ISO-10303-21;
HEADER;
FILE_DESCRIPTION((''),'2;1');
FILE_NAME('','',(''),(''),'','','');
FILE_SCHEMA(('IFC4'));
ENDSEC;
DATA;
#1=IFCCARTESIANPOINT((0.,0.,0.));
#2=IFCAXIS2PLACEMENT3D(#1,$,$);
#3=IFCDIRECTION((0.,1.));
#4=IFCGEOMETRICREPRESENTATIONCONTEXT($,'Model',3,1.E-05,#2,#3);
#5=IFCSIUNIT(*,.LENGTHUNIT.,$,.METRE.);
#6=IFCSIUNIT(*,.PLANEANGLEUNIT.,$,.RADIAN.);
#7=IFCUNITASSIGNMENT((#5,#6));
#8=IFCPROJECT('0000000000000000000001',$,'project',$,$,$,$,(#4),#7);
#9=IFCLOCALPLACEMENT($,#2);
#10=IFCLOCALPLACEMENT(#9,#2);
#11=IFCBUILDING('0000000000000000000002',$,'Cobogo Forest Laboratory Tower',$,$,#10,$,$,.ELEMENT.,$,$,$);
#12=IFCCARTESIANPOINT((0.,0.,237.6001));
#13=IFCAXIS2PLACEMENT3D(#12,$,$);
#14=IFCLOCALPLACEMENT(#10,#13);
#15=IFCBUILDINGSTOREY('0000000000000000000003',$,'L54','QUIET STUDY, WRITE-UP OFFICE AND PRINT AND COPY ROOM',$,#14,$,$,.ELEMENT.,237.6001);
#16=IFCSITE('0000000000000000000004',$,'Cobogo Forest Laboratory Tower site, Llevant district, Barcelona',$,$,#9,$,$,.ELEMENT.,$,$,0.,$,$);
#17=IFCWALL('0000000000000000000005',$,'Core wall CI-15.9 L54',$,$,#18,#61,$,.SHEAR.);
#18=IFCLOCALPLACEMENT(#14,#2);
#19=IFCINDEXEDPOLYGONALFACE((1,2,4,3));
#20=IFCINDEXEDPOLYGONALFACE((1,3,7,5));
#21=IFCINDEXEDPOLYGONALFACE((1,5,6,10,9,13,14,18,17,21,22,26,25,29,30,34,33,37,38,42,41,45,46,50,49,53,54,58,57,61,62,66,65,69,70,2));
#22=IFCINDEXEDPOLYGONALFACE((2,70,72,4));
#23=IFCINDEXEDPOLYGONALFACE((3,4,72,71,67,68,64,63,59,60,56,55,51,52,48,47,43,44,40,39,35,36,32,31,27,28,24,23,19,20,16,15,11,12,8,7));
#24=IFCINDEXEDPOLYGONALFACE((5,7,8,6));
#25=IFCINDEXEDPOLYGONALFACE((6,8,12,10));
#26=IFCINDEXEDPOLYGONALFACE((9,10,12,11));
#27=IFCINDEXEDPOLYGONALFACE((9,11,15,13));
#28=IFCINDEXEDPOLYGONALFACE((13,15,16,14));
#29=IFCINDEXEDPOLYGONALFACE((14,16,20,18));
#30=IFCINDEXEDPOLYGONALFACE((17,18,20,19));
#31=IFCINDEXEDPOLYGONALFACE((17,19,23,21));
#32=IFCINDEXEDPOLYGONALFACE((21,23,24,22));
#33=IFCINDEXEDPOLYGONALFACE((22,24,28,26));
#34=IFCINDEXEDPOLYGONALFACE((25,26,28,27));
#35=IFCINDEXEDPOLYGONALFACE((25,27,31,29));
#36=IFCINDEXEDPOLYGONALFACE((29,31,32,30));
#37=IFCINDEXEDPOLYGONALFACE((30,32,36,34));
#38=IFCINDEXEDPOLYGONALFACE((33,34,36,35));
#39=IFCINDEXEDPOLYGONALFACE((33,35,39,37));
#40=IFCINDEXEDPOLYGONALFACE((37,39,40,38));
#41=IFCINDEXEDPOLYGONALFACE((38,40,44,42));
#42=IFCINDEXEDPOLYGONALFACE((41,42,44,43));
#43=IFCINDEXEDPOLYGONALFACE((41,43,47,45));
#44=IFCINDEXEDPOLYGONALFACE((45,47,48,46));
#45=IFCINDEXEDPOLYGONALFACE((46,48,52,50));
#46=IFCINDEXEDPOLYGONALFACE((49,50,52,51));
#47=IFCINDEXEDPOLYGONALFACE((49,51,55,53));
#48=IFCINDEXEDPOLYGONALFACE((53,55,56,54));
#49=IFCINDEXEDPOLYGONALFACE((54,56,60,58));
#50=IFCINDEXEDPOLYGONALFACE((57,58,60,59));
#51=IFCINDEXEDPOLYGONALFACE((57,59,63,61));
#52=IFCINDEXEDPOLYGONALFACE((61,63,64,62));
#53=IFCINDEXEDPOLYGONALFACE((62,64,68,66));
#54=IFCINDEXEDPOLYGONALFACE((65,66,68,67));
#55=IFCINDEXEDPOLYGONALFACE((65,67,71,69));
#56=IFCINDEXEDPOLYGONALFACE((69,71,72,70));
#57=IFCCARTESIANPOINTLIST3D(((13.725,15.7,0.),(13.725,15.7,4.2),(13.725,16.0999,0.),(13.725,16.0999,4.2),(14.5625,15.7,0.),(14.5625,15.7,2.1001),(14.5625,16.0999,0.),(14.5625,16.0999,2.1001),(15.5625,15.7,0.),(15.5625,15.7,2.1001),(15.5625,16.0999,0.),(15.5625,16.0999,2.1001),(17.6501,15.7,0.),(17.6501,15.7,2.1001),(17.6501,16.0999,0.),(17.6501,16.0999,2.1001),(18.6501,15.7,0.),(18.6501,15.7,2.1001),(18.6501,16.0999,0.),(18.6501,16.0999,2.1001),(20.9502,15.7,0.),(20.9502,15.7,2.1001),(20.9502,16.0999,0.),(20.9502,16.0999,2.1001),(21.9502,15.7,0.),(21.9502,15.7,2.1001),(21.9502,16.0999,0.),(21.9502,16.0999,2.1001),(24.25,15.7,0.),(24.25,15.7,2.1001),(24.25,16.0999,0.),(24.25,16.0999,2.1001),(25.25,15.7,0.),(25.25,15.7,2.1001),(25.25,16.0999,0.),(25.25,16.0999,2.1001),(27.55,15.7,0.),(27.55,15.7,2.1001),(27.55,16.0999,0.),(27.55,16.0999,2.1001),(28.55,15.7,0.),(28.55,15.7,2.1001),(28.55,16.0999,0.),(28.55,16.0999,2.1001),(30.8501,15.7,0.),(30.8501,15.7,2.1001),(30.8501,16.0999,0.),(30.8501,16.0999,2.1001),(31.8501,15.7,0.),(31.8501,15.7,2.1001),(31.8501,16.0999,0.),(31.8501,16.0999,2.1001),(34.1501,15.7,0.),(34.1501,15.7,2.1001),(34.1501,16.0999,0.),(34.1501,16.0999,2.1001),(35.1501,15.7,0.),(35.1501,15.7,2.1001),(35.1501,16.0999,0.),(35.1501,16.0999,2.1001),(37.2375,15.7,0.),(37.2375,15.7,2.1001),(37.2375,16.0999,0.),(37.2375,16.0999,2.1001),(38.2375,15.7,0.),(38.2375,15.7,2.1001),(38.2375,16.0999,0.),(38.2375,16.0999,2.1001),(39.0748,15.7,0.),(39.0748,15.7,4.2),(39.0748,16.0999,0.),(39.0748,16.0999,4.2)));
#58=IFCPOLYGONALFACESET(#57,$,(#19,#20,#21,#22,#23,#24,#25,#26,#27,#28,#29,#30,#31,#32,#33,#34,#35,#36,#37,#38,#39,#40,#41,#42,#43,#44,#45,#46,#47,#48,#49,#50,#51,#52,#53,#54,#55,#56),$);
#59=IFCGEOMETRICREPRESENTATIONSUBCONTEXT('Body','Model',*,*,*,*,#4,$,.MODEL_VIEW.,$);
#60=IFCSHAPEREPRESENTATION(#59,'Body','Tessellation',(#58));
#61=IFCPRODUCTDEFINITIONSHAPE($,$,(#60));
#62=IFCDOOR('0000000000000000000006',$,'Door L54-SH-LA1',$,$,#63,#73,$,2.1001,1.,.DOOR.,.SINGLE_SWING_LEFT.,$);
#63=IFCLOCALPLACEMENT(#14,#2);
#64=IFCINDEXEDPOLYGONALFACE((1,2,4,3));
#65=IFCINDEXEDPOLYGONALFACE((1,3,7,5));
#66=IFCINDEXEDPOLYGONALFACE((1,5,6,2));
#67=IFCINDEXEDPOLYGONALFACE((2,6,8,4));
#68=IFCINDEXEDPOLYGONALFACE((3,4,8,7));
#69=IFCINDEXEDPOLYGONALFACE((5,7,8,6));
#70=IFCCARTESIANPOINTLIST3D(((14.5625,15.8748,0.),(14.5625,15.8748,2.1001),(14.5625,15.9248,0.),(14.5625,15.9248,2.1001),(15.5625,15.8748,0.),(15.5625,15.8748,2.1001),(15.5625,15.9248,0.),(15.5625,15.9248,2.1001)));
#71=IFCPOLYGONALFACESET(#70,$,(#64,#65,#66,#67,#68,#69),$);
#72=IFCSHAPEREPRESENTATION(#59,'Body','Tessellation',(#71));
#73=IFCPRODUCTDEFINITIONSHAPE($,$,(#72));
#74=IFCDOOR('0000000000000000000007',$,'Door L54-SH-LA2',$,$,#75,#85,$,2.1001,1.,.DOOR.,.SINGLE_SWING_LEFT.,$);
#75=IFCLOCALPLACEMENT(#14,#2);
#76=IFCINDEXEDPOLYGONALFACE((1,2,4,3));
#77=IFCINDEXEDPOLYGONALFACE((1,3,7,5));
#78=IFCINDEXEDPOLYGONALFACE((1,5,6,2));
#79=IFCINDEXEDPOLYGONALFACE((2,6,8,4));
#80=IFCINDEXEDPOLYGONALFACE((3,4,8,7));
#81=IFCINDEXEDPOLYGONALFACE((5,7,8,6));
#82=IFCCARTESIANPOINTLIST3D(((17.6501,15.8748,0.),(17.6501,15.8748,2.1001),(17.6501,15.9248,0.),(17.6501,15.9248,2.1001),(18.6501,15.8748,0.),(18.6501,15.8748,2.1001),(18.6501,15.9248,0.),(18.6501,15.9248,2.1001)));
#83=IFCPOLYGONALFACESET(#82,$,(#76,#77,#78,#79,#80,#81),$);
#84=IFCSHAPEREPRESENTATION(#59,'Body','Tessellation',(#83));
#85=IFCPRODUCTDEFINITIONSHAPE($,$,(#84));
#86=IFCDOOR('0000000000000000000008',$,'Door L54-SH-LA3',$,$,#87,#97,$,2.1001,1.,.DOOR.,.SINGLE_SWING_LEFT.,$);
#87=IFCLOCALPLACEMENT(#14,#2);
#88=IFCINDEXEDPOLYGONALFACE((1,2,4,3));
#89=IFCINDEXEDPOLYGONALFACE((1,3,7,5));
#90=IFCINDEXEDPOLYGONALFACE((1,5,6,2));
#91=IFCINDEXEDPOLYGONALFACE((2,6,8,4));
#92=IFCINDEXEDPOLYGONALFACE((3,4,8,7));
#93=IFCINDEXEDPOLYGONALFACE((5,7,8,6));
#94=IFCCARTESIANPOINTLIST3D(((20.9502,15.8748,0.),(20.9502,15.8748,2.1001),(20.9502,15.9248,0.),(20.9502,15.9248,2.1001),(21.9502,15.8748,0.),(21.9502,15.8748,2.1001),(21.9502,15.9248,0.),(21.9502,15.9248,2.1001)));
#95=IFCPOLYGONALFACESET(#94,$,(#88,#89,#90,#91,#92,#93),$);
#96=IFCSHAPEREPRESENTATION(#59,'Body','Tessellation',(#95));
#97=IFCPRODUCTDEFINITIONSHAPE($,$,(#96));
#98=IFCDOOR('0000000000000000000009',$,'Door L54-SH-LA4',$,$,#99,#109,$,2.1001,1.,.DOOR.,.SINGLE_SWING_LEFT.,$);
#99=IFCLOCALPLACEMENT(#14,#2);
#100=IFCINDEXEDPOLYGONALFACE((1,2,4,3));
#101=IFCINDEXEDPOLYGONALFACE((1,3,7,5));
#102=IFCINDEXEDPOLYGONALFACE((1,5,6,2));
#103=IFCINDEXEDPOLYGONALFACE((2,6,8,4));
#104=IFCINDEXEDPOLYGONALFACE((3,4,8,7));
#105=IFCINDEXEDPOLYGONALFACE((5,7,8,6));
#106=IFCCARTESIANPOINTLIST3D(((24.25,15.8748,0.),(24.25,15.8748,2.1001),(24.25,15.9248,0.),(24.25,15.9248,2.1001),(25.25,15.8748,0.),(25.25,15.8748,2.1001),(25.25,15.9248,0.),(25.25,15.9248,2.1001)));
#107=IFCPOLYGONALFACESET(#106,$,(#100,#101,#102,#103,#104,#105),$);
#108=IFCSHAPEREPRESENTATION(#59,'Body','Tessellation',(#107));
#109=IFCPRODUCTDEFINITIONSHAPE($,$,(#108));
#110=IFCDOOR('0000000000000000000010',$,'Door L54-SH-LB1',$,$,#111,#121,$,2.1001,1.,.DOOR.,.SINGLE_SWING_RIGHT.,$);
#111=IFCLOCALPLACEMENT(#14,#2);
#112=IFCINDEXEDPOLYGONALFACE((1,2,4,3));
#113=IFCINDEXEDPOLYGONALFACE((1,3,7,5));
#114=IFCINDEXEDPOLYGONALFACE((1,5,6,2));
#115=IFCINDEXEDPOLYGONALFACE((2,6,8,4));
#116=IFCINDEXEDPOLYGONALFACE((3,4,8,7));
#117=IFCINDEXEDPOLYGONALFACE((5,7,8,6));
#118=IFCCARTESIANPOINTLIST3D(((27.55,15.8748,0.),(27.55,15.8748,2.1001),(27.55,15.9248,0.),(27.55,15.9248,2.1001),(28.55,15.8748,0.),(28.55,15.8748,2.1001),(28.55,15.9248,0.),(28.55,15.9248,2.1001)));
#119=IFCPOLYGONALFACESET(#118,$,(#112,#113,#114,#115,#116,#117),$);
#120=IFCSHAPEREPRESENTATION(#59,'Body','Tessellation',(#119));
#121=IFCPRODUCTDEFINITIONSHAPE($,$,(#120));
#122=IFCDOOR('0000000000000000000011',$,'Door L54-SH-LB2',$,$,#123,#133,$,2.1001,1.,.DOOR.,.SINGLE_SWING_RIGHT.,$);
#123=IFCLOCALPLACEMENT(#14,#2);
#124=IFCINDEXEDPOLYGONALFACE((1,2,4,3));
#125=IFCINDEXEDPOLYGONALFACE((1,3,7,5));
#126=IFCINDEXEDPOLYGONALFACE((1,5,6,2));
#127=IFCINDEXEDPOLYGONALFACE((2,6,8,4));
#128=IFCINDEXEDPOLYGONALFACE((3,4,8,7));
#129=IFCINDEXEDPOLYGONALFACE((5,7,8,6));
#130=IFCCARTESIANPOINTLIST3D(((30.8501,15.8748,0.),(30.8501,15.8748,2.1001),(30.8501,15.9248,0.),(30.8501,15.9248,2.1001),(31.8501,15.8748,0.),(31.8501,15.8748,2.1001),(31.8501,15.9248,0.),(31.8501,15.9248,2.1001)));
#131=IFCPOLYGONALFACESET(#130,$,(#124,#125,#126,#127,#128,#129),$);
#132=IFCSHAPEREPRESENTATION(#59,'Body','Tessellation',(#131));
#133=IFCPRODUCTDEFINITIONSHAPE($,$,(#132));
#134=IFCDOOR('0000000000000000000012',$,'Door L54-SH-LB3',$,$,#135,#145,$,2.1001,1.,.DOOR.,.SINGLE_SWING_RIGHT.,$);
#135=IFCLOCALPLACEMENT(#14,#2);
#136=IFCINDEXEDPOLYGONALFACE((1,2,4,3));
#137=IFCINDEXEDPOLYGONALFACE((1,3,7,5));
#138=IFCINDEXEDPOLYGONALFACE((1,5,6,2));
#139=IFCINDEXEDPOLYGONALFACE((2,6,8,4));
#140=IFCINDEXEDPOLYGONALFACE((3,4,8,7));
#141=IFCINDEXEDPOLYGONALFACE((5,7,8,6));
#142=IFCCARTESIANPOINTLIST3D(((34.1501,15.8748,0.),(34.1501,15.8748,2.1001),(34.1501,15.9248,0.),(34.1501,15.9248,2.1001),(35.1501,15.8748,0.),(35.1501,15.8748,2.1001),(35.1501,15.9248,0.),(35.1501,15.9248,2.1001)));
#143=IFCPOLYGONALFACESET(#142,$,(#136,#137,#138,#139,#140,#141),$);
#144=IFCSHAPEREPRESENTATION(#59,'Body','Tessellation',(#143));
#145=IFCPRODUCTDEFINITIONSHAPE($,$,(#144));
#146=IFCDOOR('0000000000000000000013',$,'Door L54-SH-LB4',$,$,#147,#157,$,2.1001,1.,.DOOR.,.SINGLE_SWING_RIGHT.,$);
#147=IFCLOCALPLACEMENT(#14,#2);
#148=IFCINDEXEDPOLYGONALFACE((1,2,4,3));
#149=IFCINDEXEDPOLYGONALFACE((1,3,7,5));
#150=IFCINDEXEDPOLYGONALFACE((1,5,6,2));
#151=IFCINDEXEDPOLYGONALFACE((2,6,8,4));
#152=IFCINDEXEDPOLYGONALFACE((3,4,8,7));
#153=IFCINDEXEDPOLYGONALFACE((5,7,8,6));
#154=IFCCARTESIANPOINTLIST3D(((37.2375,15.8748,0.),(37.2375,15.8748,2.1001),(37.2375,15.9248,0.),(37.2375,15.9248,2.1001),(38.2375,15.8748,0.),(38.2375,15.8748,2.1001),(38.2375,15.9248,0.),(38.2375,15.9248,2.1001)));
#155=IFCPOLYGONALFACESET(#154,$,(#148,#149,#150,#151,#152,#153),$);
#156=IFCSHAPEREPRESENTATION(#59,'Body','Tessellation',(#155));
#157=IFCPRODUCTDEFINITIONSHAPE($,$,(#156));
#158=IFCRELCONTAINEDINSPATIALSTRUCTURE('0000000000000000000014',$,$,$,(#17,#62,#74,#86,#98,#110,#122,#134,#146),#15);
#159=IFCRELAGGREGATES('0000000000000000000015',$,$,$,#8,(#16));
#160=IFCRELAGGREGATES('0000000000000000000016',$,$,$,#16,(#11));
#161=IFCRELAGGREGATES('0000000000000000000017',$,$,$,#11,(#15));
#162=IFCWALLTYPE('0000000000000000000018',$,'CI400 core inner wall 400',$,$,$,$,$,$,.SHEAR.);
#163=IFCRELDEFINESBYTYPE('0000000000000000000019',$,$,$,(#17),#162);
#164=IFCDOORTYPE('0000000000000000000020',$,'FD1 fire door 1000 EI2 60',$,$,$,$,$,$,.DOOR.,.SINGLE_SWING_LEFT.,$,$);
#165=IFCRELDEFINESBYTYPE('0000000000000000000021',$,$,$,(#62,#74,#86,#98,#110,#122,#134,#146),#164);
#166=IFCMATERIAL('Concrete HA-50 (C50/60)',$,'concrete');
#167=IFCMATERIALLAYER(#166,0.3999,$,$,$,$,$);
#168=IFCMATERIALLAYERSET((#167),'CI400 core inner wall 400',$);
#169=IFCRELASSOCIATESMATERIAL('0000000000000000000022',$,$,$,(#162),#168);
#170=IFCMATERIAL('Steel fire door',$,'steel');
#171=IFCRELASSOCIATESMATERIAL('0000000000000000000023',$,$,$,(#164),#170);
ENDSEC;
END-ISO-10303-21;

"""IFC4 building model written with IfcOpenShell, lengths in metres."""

from ifc_helpers import new_model, si_unit, direction, frame, frame_2d, origin, place, context, subcontext, project, spatial, rectangle, extrude, material, layer, layer_set, type_object, element, fill, save


model = new_model("IFC4")

# Units and contexts
model_context = context("Model", 3, precision=1e-05, world=origin(), true_north=direction((0.0, 1.0)))
body_context = subcontext(model_context, "Body", "Model", "MODEL_VIEW")
ifc_project = project(units=[si_unit("LENGTHUNIT", "METRE"), si_unit("PLANEANGLEUNIT", "RADIAN")], contexts=[model_context])

# Site, building, storey
site_placement = place(None, origin())
site = spatial("IfcSite", under=ifc_project, at=site_placement, Name="Cobogo Forest Laboratory Tower site, Llevant district, Barcelona", CompositionType="ELEMENT", RefElevation=0.0)
building_placement = place(site_placement, origin())
building = spatial("IfcBuilding", under=site, at=building_placement, Name="Cobogo Forest Laboratory Tower", CompositionType="ELEMENT")
storey_placement = place(building_placement, frame((0.0, 0.0, 237.6001)))
storey = spatial("IfcBuildingStorey", under=building, at=storey_placement, Name="L54", Description="QUIET STUDY, WRITE-UP OFFICE AND PRINT AND COPY ROOM", CompositionType="ELEMENT", Elevation=237.6001)

# Shared definitions
ifc_material_1 = material(Name="Concrete HA-50 (C50/60)", Category="concrete")

# Wall, openings, doors
ifc_layer_1 = layer(ifc_material_1, 0.3999)
ifc_layer_set_1 = layer_set([ifc_layer_1], Name="CI400 core inner wall 400")
wall_type_1 = type_object("IfcWallType", Name="CI400 core inner wall 400", PredefinedType="SHEAR", material=ifc_layer_set_1)
wall_1_placement = place(storey_placement, frame((13.7251, 15.8999, 0.0), z_axis=(0.0, 0.0, 1.0), x_axis=(1.0, 0.0, 0.0)))
wall_1 = element("IfcWall", 1, at=wall_1_placement, inside=storey, type_object=wall_type_1, Name="Core wall CI-15.9 L54", PredefinedType="SHEAR", context=body_context, shape_type="SweptSolid", body=[
    extrude(rectangle(XDim=25.3499, YDim=0.3999, at=frame_2d((12.6748, 0.0))), origin(), (0.0, 0.0, 1.0), 4.2),
])
opening_1_placement = place(wall_1_placement, frame((0.8374, 0.0, 0.0)))
opening_1 = element("IfcOpeningElement", 2, at=opening_1_placement, cuts=wall_1, PredefinedType="OPENING", context=body_context, shape_type="SweptSolid", body=[
    extrude(rectangle(XDim=1.0, YDim=2.1001, at=frame_2d((0.5, 1.05))), frame((0.0, 0.21, 0.0), z_axis=(0.0, -1.0, 0.0), x_axis=(1.0, 0.0, 0.0)), (0.0, 0.0, 1.0), 0.4199),
])
opening_2_placement = place(wall_1_placement, frame((3.925, 0.0, 0.0)))
opening_2 = element("IfcOpeningElement", 3, at=opening_2_placement, cuts=wall_1, PredefinedType="OPENING", context=body_context, shape_type="SweptSolid", body=[
    extrude(rectangle(XDim=1.0, YDim=2.1001, at=frame_2d((0.5, 1.05))), frame((0.0, 0.21, 0.0), z_axis=(0.0, -1.0, 0.0), x_axis=(1.0, 0.0, 0.0)), (0.0, 0.0, 1.0), 0.4199),
])
opening_3_placement = place(wall_1_placement, frame((7.2251, 0.0, 0.0)))
opening_3 = element("IfcOpeningElement", 4, at=opening_3_placement, cuts=wall_1, PredefinedType="OPENING", context=body_context, shape_type="SweptSolid", body=[
    extrude(rectangle(XDim=1.0, YDim=2.1001, at=frame_2d((0.5, 1.05))), frame((0.0, 0.21, 0.0), z_axis=(0.0, -1.0, 0.0), x_axis=(1.0, 0.0, 0.0)), (0.0, 0.0, 1.0), 0.4199),
])
opening_4_placement = place(wall_1_placement, frame((10.5249, 0.0, 0.0)))
opening_4 = element("IfcOpeningElement", 5, at=opening_4_placement, cuts=wall_1, PredefinedType="OPENING", context=body_context, shape_type="SweptSolid", body=[
    extrude(rectangle(XDim=1.0, YDim=2.1001, at=frame_2d((0.5, 1.05))), frame((0.0, 0.21, 0.0), z_axis=(0.0, -1.0, 0.0), x_axis=(1.0, 0.0, 0.0)), (0.0, 0.0, 1.0), 0.4199),
])
opening_5_placement = place(wall_1_placement, frame((13.825, 0.0, 0.0)))
opening_5 = element("IfcOpeningElement", 6, at=opening_5_placement, cuts=wall_1, PredefinedType="OPENING", context=body_context, shape_type="SweptSolid", body=[
    extrude(rectangle(XDim=1.0, YDim=2.1001, at=frame_2d((0.5, 1.05))), frame((0.0, 0.21, 0.0), z_axis=(0.0, -1.0, 0.0), x_axis=(1.0, 0.0, 0.0)), (0.0, 0.0, 1.0), 0.4199),
])
opening_6_placement = place(wall_1_placement, frame((17.125, 0.0, 0.0)))
opening_6 = element("IfcOpeningElement", 7, at=opening_6_placement, cuts=wall_1, PredefinedType="OPENING", context=body_context, shape_type="SweptSolid", body=[
    extrude(rectangle(XDim=1.0, YDim=2.1001, at=frame_2d((0.5, 1.05))), frame((0.0, 0.21, 0.0), z_axis=(0.0, -1.0, 0.0), x_axis=(1.0, 0.0, 0.0)), (0.0, 0.0, 1.0), 0.4199),
])
opening_7_placement = place(wall_1_placement, frame((20.425, 0.0, 0.0)))
opening_7 = element("IfcOpeningElement", 8, at=opening_7_placement, cuts=wall_1, PredefinedType="OPENING", context=body_context, shape_type="SweptSolid", body=[
    extrude(rectangle(XDim=1.0, YDim=2.1001, at=frame_2d((0.5, 1.05))), frame((0.0, 0.21, 0.0), z_axis=(0.0, -1.0, 0.0), x_axis=(1.0, 0.0, 0.0)), (0.0, 0.0, 1.0), 0.4199),
])
opening_8_placement = place(wall_1_placement, frame((23.5125, 0.0, 0.0)))
opening_8 = element("IfcOpeningElement", 9, at=opening_8_placement, cuts=wall_1, PredefinedType="OPENING", context=body_context, shape_type="SweptSolid", body=[
    extrude(rectangle(XDim=1.0, YDim=2.1001, at=frame_2d((0.5, 1.05))), frame((0.0, 0.21, 0.0), z_axis=(0.0, -1.0, 0.0), x_axis=(1.0, 0.0, 0.0)), (0.0, 0.0, 1.0), 0.4199),
])
ifc_material_2 = material(Name="Steel fire door", Category="steel")
door_type_1 = type_object("IfcDoorType", Name="FD1 fire door 1000 EI2 60", OperationType="SINGLE_SWING_LEFT", PredefinedType="DOOR", material=ifc_material_2)
door_1_placement = place(opening_1_placement, origin())
door_1 = element("IfcDoor", 10, at=door_1_placement, inside=storey, type_object=door_type_1, Name="Door L54-SH-LA1", OperationType="SINGLE_SWING_LEFT", OverallHeight=2.1001, OverallWidth=1.0, PredefinedType="DOOR", context=body_context, shape_type="SweptSolid", body=[
    extrude(rectangle(XDim=1.0, YDim=2.1001, at=frame_2d((0.5, 1.05))), frame((0.0, 0.0249, 0.0), z_axis=(0.0, -1.0, 0.0), x_axis=(1.0, 0.0, 0.0)), (0.0, 0.0, 1.0), 0.05),
])
fill(opening_1, door_1)
door_2_placement = place(opening_2_placement, origin())
door_2 = element("IfcDoor", 11, at=door_2_placement, inside=storey, type_object=door_type_1, Name="Door L54-SH-LA2", OperationType="SINGLE_SWING_LEFT", OverallHeight=2.1001, OverallWidth=1.0, PredefinedType="DOOR", context=body_context, shape_type="SweptSolid", body=[
    extrude(rectangle(XDim=1.0, YDim=2.1001, at=frame_2d((0.5, 1.05))), frame((0.0, 0.0249, 0.0), z_axis=(0.0, -1.0, 0.0), x_axis=(1.0, 0.0, 0.0)), (0.0, 0.0, 1.0), 0.05),
])
fill(opening_2, door_2)
door_3_placement = place(opening_3_placement, origin())
door_3 = element("IfcDoor", 12, at=door_3_placement, inside=storey, type_object=door_type_1, Name="Door L54-SH-LA3", OperationType="SINGLE_SWING_LEFT", OverallHeight=2.1001, OverallWidth=1.0, PredefinedType="DOOR", context=body_context, shape_type="SweptSolid", body=[
    extrude(rectangle(XDim=1.0, YDim=2.1001, at=frame_2d((0.5, 1.05))), frame((0.0, 0.0249, 0.0), z_axis=(0.0, -1.0, 0.0), x_axis=(1.0, 0.0, 0.0)), (0.0, 0.0, 1.0), 0.05),
])
fill(opening_3, door_3)
door_4_placement = place(opening_4_placement, origin())
door_4 = element("IfcDoor", 13, at=door_4_placement, inside=storey, type_object=door_type_1, Name="Door L54-SH-LA4", OperationType="SINGLE_SWING_LEFT", OverallHeight=2.1001, OverallWidth=1.0, PredefinedType="DOOR", context=body_context, shape_type="SweptSolid", body=[
    extrude(rectangle(XDim=1.0, YDim=2.1001, at=frame_2d((0.5, 1.05))), frame((0.0, 0.0249, 0.0), z_axis=(0.0, -1.0, 0.0), x_axis=(1.0, 0.0, 0.0)), (0.0, 0.0, 1.0), 0.05),
])
fill(opening_4, door_4)
door_5_placement = place(opening_5_placement, origin())
door_5 = element("IfcDoor", 14, at=door_5_placement, inside=storey, type_object=door_type_1, Name="Door L54-SH-LB1", OperationType="SINGLE_SWING_RIGHT", OverallHeight=2.1001, OverallWidth=1.0, PredefinedType="DOOR", context=body_context, shape_type="SweptSolid", body=[
    extrude(rectangle(XDim=1.0, YDim=2.1001, at=frame_2d((0.5, 1.05))), frame((0.0, 0.0249, 0.0), z_axis=(0.0, -1.0, 0.0), x_axis=(1.0, 0.0, 0.0)), (0.0, 0.0, 1.0), 0.05),
])
fill(opening_5, door_5)
door_6_placement = place(opening_6_placement, origin())
door_6 = element("IfcDoor", 15, at=door_6_placement, inside=storey, type_object=door_type_1, Name="Door L54-SH-LB2", OperationType="SINGLE_SWING_RIGHT", OverallHeight=2.1001, OverallWidth=1.0, PredefinedType="DOOR", context=body_context, shape_type="SweptSolid", body=[
    extrude(rectangle(XDim=1.0, YDim=2.1001, at=frame_2d((0.5, 1.05))), frame((0.0, 0.0249, 0.0), z_axis=(0.0, -1.0, 0.0), x_axis=(1.0, 0.0, 0.0)), (0.0, 0.0, 1.0), 0.05),
])
fill(opening_6, door_6)
door_7_placement = place(opening_7_placement, origin())
door_7 = element("IfcDoor", 16, at=door_7_placement, inside=storey, type_object=door_type_1, Name="Door L54-SH-LB3", OperationType="SINGLE_SWING_RIGHT", OverallHeight=2.1001, OverallWidth=1.0, PredefinedType="DOOR", context=body_context, shape_type="SweptSolid", body=[
    extrude(rectangle(XDim=1.0, YDim=2.1001, at=frame_2d((0.5, 1.05))), frame((0.0, 0.0249, 0.0), z_axis=(0.0, -1.0, 0.0), x_axis=(1.0, 0.0, 0.0)), (0.0, 0.0, 1.0), 0.05),
])
fill(opening_7, door_7)
door_8_placement = place(opening_8_placement, origin())
door_8 = element("IfcDoor", 17, at=door_8_placement, inside=storey, type_object=door_type_1, Name="Door L54-SH-LB4", OperationType="SINGLE_SWING_RIGHT", OverallHeight=2.1001, OverallWidth=1.0, PredefinedType="DOOR", context=body_context, shape_type="SweptSolid", body=[
    extrude(rectangle(XDim=1.0, YDim=2.1001, at=frame_2d((0.5, 1.05))), frame((0.0, 0.0249, 0.0), z_axis=(0.0, -1.0, 0.0), x_axis=(1.0, 0.0, 0.0)), (0.0, 0.0, 1.0), 0.05),
])
fill(opening_8, door_8)

save(model, "model.ifc")
